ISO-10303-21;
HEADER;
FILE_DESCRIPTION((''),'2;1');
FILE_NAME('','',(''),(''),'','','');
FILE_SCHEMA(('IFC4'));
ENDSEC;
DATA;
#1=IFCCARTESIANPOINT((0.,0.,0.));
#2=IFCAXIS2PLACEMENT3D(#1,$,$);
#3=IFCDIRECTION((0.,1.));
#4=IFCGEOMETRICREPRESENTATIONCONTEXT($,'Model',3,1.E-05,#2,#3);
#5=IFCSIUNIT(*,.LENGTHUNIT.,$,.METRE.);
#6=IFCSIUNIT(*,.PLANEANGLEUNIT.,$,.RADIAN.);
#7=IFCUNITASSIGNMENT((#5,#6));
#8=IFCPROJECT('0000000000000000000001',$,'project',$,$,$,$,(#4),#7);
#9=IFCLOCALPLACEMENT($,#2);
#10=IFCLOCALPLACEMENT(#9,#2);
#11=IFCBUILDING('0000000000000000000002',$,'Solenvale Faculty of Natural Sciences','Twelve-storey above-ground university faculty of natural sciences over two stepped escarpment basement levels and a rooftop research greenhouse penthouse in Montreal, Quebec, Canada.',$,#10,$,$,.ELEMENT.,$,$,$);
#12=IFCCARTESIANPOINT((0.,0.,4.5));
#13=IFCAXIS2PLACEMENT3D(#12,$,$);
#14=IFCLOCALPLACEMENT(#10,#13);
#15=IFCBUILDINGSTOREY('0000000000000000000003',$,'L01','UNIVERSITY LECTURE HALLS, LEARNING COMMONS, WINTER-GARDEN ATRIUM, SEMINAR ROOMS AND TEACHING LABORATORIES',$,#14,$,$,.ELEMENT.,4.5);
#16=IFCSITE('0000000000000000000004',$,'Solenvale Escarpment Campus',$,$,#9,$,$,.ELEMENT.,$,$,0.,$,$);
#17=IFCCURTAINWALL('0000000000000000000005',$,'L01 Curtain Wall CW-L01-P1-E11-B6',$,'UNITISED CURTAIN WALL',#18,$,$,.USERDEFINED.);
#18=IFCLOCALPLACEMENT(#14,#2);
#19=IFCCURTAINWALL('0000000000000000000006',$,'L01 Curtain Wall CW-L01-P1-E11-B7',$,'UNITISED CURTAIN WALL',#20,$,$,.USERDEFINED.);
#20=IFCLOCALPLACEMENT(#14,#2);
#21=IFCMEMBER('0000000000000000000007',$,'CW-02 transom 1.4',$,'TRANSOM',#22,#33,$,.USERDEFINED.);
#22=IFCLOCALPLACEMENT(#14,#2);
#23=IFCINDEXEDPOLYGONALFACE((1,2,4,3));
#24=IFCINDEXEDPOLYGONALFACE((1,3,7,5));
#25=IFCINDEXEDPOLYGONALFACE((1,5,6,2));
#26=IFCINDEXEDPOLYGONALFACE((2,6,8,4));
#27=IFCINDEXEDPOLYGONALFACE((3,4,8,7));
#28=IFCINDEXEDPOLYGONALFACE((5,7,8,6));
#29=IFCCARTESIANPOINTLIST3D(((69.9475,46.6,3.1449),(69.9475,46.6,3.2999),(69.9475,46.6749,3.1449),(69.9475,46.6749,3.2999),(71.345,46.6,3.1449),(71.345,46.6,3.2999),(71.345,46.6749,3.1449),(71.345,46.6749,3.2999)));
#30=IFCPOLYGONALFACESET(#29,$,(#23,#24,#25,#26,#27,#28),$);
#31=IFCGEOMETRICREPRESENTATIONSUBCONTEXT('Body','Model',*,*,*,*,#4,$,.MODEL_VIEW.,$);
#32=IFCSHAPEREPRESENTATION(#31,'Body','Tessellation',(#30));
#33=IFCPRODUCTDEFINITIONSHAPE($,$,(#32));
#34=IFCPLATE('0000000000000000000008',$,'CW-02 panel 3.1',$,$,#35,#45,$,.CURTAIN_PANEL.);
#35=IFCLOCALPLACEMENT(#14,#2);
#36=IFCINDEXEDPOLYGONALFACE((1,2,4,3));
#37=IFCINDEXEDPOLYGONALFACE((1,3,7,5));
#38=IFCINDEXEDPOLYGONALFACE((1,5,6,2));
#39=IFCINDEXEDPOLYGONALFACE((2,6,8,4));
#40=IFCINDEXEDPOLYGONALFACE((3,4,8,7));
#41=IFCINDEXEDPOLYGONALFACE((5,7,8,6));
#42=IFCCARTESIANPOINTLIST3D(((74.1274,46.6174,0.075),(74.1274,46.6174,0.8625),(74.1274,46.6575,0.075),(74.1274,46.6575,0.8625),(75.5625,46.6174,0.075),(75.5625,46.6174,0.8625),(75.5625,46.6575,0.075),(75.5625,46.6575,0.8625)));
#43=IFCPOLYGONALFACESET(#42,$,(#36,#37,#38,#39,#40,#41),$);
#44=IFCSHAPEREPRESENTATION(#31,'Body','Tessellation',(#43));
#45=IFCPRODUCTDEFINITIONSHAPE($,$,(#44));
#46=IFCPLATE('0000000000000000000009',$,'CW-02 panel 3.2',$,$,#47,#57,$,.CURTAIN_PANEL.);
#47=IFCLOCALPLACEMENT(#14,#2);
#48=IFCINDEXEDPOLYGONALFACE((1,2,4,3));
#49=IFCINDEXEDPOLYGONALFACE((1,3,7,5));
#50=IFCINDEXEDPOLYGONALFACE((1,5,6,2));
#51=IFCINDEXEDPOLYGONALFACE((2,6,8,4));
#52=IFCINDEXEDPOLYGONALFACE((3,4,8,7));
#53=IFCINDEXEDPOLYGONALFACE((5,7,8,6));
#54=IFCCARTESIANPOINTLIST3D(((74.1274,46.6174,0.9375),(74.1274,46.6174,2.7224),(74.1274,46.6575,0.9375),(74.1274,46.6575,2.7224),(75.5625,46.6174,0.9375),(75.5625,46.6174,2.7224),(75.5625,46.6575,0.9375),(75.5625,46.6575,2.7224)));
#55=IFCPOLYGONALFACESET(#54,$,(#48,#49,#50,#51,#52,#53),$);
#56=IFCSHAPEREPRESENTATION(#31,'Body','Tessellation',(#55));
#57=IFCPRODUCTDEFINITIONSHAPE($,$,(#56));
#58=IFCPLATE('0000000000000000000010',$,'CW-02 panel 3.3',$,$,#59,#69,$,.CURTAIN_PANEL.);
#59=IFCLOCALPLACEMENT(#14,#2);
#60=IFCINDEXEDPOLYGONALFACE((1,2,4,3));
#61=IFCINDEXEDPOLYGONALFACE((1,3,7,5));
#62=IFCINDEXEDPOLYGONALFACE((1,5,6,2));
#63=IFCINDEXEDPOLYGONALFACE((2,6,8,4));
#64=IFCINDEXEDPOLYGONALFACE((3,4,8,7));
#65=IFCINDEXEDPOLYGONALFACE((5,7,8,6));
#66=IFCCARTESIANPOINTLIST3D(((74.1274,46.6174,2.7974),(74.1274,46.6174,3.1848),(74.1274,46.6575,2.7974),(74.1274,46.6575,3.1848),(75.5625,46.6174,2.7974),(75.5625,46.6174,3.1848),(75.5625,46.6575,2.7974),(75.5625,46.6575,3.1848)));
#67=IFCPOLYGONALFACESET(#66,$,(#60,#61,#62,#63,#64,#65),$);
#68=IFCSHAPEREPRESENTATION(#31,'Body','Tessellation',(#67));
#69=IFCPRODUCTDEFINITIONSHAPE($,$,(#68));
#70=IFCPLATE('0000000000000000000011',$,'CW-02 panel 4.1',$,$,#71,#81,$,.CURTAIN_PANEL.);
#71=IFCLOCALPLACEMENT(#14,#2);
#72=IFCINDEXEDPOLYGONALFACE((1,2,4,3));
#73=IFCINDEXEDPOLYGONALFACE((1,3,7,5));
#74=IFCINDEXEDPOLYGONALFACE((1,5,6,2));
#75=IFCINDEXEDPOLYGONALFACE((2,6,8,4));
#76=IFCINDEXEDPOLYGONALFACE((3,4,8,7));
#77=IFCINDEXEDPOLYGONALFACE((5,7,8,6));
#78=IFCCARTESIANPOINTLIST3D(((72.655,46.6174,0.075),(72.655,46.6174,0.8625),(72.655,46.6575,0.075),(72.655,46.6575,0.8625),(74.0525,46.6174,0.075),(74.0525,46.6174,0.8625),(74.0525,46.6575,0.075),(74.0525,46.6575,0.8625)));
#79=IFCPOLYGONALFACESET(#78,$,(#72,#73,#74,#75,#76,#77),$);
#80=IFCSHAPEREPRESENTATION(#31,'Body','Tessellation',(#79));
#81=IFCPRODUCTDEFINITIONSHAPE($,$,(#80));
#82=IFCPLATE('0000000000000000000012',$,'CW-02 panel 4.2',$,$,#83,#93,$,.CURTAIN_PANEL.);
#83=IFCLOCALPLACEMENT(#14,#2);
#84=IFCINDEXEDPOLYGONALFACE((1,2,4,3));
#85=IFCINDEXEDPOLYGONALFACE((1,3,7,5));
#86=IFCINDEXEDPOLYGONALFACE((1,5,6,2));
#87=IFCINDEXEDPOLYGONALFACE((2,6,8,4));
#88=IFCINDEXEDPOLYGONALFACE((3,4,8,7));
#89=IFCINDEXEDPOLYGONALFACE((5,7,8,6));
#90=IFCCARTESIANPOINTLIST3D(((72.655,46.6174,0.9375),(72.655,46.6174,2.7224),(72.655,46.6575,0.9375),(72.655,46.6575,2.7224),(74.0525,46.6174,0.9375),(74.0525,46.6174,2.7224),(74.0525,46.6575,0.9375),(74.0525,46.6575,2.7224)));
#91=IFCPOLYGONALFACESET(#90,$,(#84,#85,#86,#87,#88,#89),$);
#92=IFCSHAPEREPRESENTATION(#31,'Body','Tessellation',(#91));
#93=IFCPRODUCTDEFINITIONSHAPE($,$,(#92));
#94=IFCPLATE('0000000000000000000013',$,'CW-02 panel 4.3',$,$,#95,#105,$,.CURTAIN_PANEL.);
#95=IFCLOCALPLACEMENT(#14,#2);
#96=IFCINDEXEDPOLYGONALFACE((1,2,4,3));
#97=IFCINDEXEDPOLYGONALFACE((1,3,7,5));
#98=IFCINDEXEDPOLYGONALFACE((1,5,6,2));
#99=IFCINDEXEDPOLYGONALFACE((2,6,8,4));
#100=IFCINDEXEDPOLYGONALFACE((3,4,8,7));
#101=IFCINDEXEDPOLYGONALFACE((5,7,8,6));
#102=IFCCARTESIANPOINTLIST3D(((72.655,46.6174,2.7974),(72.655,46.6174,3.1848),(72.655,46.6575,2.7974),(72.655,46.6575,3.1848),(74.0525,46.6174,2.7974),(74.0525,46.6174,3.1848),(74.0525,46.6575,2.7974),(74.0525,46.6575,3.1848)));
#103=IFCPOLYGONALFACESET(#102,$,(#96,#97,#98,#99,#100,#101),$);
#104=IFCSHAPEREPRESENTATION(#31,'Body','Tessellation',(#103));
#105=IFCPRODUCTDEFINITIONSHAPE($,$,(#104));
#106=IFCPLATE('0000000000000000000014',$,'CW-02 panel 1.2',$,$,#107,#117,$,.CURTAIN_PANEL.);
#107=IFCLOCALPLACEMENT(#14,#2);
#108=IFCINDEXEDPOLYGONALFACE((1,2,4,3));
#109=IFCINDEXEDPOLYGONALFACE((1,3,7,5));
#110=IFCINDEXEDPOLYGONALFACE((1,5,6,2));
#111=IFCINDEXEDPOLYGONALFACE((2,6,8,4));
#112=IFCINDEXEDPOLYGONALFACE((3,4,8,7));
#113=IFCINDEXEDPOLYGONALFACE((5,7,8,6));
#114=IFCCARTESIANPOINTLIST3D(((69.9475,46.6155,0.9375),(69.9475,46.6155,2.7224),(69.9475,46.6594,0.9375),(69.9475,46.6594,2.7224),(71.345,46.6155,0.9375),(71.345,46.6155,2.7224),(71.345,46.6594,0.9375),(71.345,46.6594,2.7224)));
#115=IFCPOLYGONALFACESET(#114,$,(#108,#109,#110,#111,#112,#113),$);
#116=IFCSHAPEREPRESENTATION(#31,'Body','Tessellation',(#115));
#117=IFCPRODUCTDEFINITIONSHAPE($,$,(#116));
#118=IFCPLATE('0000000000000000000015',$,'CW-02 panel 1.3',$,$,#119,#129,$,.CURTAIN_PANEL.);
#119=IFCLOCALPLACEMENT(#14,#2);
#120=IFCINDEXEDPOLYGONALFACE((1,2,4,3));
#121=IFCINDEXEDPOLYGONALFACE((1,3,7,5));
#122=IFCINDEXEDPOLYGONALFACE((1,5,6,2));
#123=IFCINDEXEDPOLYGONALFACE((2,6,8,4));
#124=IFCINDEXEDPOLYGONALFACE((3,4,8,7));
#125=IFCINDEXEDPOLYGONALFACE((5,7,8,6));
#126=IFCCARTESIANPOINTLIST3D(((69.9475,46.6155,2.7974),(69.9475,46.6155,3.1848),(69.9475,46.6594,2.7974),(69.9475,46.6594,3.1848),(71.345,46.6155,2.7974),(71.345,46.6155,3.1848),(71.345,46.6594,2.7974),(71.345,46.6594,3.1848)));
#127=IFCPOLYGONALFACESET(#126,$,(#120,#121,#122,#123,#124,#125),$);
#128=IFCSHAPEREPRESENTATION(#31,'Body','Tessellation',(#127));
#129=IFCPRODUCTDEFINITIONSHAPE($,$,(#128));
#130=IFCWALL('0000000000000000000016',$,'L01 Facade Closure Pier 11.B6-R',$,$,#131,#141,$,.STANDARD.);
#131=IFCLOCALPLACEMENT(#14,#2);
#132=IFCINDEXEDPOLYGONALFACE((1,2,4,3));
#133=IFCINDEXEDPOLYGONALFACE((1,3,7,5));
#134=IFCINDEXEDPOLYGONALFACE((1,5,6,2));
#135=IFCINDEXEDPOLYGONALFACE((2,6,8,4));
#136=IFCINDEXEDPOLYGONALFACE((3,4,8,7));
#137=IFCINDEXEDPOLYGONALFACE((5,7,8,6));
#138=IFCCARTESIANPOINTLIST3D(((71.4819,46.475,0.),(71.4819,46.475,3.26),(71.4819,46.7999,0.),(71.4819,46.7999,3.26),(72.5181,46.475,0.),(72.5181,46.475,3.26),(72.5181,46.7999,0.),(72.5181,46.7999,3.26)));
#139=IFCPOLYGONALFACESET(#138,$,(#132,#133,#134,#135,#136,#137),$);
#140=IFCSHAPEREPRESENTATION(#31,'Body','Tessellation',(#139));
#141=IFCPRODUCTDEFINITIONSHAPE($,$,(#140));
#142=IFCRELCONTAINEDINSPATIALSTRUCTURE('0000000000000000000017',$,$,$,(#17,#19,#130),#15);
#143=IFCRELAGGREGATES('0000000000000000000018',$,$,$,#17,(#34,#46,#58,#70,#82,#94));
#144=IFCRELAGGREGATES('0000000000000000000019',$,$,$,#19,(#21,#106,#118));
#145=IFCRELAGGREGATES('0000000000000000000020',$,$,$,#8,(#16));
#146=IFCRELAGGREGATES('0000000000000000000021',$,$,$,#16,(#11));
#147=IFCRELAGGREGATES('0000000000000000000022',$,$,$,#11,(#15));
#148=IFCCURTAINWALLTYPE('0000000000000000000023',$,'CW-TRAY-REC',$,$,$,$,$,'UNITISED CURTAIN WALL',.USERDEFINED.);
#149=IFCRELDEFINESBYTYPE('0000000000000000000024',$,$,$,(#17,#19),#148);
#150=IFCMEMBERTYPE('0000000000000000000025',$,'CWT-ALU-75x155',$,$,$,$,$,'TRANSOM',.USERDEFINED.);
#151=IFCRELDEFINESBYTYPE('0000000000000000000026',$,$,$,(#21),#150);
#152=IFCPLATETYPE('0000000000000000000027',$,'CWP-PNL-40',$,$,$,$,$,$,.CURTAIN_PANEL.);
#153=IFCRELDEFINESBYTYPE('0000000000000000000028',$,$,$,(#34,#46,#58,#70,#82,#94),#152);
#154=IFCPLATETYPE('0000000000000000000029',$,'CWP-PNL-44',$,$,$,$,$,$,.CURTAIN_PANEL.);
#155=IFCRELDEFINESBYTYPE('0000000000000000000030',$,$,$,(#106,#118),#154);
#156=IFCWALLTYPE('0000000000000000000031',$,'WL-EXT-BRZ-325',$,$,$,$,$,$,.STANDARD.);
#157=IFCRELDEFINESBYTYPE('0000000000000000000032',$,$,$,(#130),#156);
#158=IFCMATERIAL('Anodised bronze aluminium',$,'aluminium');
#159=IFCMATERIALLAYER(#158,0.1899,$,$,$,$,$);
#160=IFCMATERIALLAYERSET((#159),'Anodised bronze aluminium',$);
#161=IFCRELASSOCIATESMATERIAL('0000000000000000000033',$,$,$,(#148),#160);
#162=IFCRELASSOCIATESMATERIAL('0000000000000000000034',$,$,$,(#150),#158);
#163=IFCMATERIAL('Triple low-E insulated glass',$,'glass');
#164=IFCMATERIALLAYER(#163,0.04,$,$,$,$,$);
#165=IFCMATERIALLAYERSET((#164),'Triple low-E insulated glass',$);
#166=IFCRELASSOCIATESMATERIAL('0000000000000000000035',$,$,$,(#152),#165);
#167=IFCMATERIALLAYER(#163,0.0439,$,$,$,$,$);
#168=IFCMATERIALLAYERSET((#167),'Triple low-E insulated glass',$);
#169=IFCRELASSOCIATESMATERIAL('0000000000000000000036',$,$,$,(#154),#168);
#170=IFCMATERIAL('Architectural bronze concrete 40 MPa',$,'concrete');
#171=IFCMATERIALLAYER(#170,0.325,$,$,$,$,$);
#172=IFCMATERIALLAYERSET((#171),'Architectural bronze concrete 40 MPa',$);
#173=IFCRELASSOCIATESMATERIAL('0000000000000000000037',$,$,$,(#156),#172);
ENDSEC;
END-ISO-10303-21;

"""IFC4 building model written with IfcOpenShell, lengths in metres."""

from ifc_helpers import new_model, si_unit, direction, frame, frame_2d, origin, origin_2d, place, context, subcontext, project, spatial, rectangle, extrude, material, layer, layer_set, material_profile, profile_set, type_object, element, aggregate, save


model = new_model("IFC4")

# Units and contexts
model_context = context("Model", 3, precision=1e-05, world=origin(), true_north=direction((0.0, 1.0)))
body_context = subcontext(model_context, "Body", "Model", "MODEL_VIEW")
ifc_project = project(units=[si_unit("LENGTHUNIT", "METRE"), si_unit("PLANEANGLEUNIT", "RADIAN")], contexts=[model_context])

# Site, building, storey
site_placement = place(None, origin())
site = spatial("IfcSite", under=ifc_project, at=site_placement, Name="Solenvale Escarpment Campus", CompositionType="ELEMENT", RefElevation=0.0)
building_placement = place(site_placement, origin())
building = spatial("IfcBuilding", under=site, at=building_placement, Name="Solenvale Faculty of Natural Sciences", Description="Twelve-storey above-ground university faculty of natural sciences over two stepped escarpment basement levels and a rooftop research greenhouse penthouse in Montreal, Quebec, Canada.", CompositionType="ELEMENT")
storey_placement = place(building_placement, frame((0.0, 0.0, 4.5)))
storey = spatial("IfcBuildingStorey", under=building, at=storey_placement, Name="L01", Description="UNIVERSITY LECTURE HALLS, LEARNING COMMONS, WINTER-GARDEN ATRIUM, SEMINAR ROOMS AND TEACHING LABORATORIES", CompositionType="ELEMENT", Elevation=4.5)

# Curtain wall
ifc_material_1 = material(Name="Anodised bronze aluminium", Category="aluminium")
ifc_layer_1 = layer(ifc_material_1, 0.1899)
ifc_layer_set_1 = layer_set([ifc_layer_1], Name="Anodised bronze aluminium")
curtain_wall_type = type_object("IfcCurtainWallType", Name="CW-TRAY-REC", ElementType="UNITISED CURTAIN WALL", PredefinedType="USERDEFINED", material=ifc_layer_set_1)
curtain_wall_1_placement = place(storey_placement, origin())
curtain_wall_1 = element("IfcCurtainWall", 1, at=curtain_wall_1_placement, inside=storey, type_object=curtain_wall_type, Name="L01 Curtain Wall CW-L01-P1-E11-B6", ObjectType="UNITISED CURTAIN WALL", PredefinedType="USERDEFINED")

# Curtain wall
curtain_wall_2_placement = place(storey_placement, origin())
curtain_wall_2 = element("IfcCurtainWall", 2, at=curtain_wall_2_placement, inside=storey, type_object=curtain_wall_type, Name="L01 Curtain Wall CW-L01-P1-E11-B7", ObjectType="UNITISED CURTAIN WALL", PredefinedType="USERDEFINED")

# Member
ifc_material_profile_1 = material_profile(ifc_material_1, rectangle(XDim=0.075, YDim=0.155, at=origin_2d()), Name="ALU-TRN-75x155")
ifc_profile_set_1 = profile_set([ifc_material_profile_1], Name="Anodised bronze aluminium")
member_type_1 = type_object("IfcMemberType", Name="CWT-ALU-75x155", ElementType="TRANSOM", PredefinedType="USERDEFINED", material=ifc_profile_set_1)
member_1_placement = place(storey_placement, frame((71.345, 46.6375, 3.2224), z_axis=(-1.0, 0.0, 0.0), x_axis=(0.0, -1.0, 0.0)))
member_1 = element("IfcMember", 3, at=member_1_placement, type_object=member_type_1, Name="CW-02 transom 1.4", ObjectType="TRANSOM", PredefinedType="USERDEFINED", context=body_context, shape_type="SweptSolid", body=[
    extrude(rectangle(XDim=0.075, YDim=0.155, at=origin_2d()), origin(), (0.0, 0.0, 1.0), 1.3975),
])

# Plates
ifc_material_2 = material(Name="Triple low-E insulated glass", Category="glass")
ifc_layer_2 = layer(ifc_material_2, 0.04)
ifc_layer_set_2 = layer_set([ifc_layer_2], Name="Triple low-E insulated glass")
plate_type_1 = type_object("IfcPlateType", Name="CWP-PNL-40", PredefinedType="CURTAIN_PANEL", material=ifc_layer_set_2)
plate_1_placement = place(storey_placement, frame((74.845, 46.6375, 0.075), z_axis=(0.0, 0.0, 1.0), x_axis=(-1.0, 0.0, 0.0)))
plate_1 = element("IfcPlate", 4, at=plate_1_placement, type_object=plate_type_1, Name="CW-02 panel 3.1", PredefinedType="CURTAIN_PANEL", context=body_context, shape_type="SweptSolid", body=[
    extrude(rectangle(XDim=1.4351, YDim=0.04, at=origin_2d()), origin(), (0.0, 0.0, 1.0), 0.7876),
])
plate_2_placement = place(storey_placement, frame((74.845, 46.6375, 0.9375), z_axis=(0.0, 0.0, 1.0), x_axis=(-1.0, 0.0, 0.0)))
plate_2 = element("IfcPlate", 5, at=plate_2_placement, type_object=plate_type_1, Name="CW-02 panel 3.2", PredefinedType="CURTAIN_PANEL", context=body_context, shape_type="SweptSolid", body=[
    extrude(rectangle(XDim=1.4351, YDim=0.04, at=origin_2d()), origin(), (0.0, 0.0, 1.0), 1.7849),
])
plate_3_placement = place(storey_placement, frame((74.845, 46.6375, 2.7974), z_axis=(0.0, 0.0, 1.0), x_axis=(-1.0, 0.0, 0.0)))
plate_3 = element("IfcPlate", 6, at=plate_3_placement, type_object=plate_type_1, Name="CW-02 panel 3.3", PredefinedType="CURTAIN_PANEL", context=body_context, shape_type="SweptSolid", body=[
    extrude(rectangle(XDim=1.4351, YDim=0.04, at=origin_2d()), origin(), (0.0, 0.0, 1.0), 0.3875),
])
plate_4_placement = place(storey_placement, frame((73.3538, 46.6375, 0.075), z_axis=(0.0, 0.0, 1.0), x_axis=(-1.0, 0.0, 0.0)))
plate_4 = element("IfcPlate", 7, at=plate_4_placement, type_object=plate_type_1, Name="CW-02 panel 4.1", PredefinedType="CURTAIN_PANEL", context=body_context, shape_type="SweptSolid", body=[
    extrude(rectangle(XDim=1.3975, YDim=0.04, at=origin_2d()), origin(), (0.0, 0.0, 1.0), 0.7876),
])
plate_5_placement = place(storey_placement, frame((73.3538, 46.6375, 0.9375), z_axis=(0.0, 0.0, 1.0), x_axis=(-1.0, 0.0, 0.0)))
plate_5 = element("IfcPlate", 8, at=plate_5_placement, type_object=plate_type_1, Name="CW-02 panel 4.2", PredefinedType="CURTAIN_PANEL", context=body_context, shape_type="SweptSolid", body=[
    extrude(rectangle(XDim=1.3975, YDim=0.04, at=origin_2d()), origin(), (0.0, 0.0, 1.0), 1.7849),
])
plate_6_placement = place(storey_placement, frame((73.3538, 46.6375, 2.7974), z_axis=(0.0, 0.0, 1.0), x_axis=(-1.0, 0.0, 0.0)))
plate_6 = element("IfcPlate", 9, at=plate_6_placement, type_object=plate_type_1, Name="CW-02 panel 4.3", PredefinedType="CURTAIN_PANEL", context=body_context, shape_type="SweptSolid", body=[
    extrude(rectangle(XDim=1.3975, YDim=0.04, at=origin_2d()), origin(), (0.0, 0.0, 1.0), 0.3875),
])
aggregate(curtain_wall_1, [plate_1, plate_2, plate_3, plate_4, plate_5, plate_6])
ifc_layer_3 = layer(ifc_material_2, 0.0439)
ifc_layer_set_3 = layer_set([ifc_layer_3], Name="Triple low-E insulated glass")
plate_type_2 = type_object("IfcPlateType", Name="CWP-PNL-44", PredefinedType="CURTAIN_PANEL", material=ifc_layer_set_3)
plate_7_placement = place(storey_placement, frame((70.6462, 46.6375, 0.9375), z_axis=(0.0, 0.0, 1.0), x_axis=(-1.0, 0.0, 0.0)))
plate_7 = element("IfcPlate", 10, at=plate_7_placement, type_object=plate_type_2, Name="CW-02 panel 1.2", PredefinedType="CURTAIN_PANEL", context=body_context, shape_type="SweptSolid", body=[
    extrude(rectangle(XDim=1.3975, YDim=0.0439, at=origin_2d()), origin(), (0.0, 0.0, 1.0), 1.7849),
])
plate_8_placement = place(storey_placement, frame((70.6462, 46.6375, 2.7974), z_axis=(0.0, 0.0, 1.0), x_axis=(-1.0, 0.0, 0.0)))
plate_8 = element("IfcPlate", 11, at=plate_8_placement, type_object=plate_type_2, Name="CW-02 panel 1.3", PredefinedType="CURTAIN_PANEL", context=body_context, shape_type="SweptSolid", body=[
    extrude(rectangle(XDim=1.3975, YDim=0.0439, at=origin_2d()), origin(), (0.0, 0.0, 1.0), 0.3875),
])
aggregate(curtain_wall_2, [member_1, plate_7, plate_8])

# Wall
ifc_material_3 = material(Name="Architectural bronze concrete 40 MPa", Category="concrete")
ifc_layer_4 = layer(ifc_material_3, 0.325)
ifc_layer_set_4 = layer_set([ifc_layer_4], Name="Architectural bronze concrete 40 MPa")
wall_type = type_object("IfcWallType", Name="WL-EXT-BRZ-325", PredefinedType="STANDARD", material=ifc_layer_set_4)
wall_placement = place(storey_placement, frame((72.5181, 46.6375, 0.0), z_axis=(0.0, 0.0, 1.0), x_axis=(-1.0, 0.0, 0.0)))
element("IfcWall", 12, at=wall_placement, inside=storey, type_object=wall_type, Name="L01 Facade Closure Pier 11.B6-R", PredefinedType="STANDARD", context=body_context, shape_type="SweptSolid", body=[
    extrude(rectangle(XDim=1.0361, YDim=0.325, at=frame_2d((0.5181, 0.0))), origin(), (0.0, 0.0, 1.0), 3.26),
])

save(model, "model.ifc")
